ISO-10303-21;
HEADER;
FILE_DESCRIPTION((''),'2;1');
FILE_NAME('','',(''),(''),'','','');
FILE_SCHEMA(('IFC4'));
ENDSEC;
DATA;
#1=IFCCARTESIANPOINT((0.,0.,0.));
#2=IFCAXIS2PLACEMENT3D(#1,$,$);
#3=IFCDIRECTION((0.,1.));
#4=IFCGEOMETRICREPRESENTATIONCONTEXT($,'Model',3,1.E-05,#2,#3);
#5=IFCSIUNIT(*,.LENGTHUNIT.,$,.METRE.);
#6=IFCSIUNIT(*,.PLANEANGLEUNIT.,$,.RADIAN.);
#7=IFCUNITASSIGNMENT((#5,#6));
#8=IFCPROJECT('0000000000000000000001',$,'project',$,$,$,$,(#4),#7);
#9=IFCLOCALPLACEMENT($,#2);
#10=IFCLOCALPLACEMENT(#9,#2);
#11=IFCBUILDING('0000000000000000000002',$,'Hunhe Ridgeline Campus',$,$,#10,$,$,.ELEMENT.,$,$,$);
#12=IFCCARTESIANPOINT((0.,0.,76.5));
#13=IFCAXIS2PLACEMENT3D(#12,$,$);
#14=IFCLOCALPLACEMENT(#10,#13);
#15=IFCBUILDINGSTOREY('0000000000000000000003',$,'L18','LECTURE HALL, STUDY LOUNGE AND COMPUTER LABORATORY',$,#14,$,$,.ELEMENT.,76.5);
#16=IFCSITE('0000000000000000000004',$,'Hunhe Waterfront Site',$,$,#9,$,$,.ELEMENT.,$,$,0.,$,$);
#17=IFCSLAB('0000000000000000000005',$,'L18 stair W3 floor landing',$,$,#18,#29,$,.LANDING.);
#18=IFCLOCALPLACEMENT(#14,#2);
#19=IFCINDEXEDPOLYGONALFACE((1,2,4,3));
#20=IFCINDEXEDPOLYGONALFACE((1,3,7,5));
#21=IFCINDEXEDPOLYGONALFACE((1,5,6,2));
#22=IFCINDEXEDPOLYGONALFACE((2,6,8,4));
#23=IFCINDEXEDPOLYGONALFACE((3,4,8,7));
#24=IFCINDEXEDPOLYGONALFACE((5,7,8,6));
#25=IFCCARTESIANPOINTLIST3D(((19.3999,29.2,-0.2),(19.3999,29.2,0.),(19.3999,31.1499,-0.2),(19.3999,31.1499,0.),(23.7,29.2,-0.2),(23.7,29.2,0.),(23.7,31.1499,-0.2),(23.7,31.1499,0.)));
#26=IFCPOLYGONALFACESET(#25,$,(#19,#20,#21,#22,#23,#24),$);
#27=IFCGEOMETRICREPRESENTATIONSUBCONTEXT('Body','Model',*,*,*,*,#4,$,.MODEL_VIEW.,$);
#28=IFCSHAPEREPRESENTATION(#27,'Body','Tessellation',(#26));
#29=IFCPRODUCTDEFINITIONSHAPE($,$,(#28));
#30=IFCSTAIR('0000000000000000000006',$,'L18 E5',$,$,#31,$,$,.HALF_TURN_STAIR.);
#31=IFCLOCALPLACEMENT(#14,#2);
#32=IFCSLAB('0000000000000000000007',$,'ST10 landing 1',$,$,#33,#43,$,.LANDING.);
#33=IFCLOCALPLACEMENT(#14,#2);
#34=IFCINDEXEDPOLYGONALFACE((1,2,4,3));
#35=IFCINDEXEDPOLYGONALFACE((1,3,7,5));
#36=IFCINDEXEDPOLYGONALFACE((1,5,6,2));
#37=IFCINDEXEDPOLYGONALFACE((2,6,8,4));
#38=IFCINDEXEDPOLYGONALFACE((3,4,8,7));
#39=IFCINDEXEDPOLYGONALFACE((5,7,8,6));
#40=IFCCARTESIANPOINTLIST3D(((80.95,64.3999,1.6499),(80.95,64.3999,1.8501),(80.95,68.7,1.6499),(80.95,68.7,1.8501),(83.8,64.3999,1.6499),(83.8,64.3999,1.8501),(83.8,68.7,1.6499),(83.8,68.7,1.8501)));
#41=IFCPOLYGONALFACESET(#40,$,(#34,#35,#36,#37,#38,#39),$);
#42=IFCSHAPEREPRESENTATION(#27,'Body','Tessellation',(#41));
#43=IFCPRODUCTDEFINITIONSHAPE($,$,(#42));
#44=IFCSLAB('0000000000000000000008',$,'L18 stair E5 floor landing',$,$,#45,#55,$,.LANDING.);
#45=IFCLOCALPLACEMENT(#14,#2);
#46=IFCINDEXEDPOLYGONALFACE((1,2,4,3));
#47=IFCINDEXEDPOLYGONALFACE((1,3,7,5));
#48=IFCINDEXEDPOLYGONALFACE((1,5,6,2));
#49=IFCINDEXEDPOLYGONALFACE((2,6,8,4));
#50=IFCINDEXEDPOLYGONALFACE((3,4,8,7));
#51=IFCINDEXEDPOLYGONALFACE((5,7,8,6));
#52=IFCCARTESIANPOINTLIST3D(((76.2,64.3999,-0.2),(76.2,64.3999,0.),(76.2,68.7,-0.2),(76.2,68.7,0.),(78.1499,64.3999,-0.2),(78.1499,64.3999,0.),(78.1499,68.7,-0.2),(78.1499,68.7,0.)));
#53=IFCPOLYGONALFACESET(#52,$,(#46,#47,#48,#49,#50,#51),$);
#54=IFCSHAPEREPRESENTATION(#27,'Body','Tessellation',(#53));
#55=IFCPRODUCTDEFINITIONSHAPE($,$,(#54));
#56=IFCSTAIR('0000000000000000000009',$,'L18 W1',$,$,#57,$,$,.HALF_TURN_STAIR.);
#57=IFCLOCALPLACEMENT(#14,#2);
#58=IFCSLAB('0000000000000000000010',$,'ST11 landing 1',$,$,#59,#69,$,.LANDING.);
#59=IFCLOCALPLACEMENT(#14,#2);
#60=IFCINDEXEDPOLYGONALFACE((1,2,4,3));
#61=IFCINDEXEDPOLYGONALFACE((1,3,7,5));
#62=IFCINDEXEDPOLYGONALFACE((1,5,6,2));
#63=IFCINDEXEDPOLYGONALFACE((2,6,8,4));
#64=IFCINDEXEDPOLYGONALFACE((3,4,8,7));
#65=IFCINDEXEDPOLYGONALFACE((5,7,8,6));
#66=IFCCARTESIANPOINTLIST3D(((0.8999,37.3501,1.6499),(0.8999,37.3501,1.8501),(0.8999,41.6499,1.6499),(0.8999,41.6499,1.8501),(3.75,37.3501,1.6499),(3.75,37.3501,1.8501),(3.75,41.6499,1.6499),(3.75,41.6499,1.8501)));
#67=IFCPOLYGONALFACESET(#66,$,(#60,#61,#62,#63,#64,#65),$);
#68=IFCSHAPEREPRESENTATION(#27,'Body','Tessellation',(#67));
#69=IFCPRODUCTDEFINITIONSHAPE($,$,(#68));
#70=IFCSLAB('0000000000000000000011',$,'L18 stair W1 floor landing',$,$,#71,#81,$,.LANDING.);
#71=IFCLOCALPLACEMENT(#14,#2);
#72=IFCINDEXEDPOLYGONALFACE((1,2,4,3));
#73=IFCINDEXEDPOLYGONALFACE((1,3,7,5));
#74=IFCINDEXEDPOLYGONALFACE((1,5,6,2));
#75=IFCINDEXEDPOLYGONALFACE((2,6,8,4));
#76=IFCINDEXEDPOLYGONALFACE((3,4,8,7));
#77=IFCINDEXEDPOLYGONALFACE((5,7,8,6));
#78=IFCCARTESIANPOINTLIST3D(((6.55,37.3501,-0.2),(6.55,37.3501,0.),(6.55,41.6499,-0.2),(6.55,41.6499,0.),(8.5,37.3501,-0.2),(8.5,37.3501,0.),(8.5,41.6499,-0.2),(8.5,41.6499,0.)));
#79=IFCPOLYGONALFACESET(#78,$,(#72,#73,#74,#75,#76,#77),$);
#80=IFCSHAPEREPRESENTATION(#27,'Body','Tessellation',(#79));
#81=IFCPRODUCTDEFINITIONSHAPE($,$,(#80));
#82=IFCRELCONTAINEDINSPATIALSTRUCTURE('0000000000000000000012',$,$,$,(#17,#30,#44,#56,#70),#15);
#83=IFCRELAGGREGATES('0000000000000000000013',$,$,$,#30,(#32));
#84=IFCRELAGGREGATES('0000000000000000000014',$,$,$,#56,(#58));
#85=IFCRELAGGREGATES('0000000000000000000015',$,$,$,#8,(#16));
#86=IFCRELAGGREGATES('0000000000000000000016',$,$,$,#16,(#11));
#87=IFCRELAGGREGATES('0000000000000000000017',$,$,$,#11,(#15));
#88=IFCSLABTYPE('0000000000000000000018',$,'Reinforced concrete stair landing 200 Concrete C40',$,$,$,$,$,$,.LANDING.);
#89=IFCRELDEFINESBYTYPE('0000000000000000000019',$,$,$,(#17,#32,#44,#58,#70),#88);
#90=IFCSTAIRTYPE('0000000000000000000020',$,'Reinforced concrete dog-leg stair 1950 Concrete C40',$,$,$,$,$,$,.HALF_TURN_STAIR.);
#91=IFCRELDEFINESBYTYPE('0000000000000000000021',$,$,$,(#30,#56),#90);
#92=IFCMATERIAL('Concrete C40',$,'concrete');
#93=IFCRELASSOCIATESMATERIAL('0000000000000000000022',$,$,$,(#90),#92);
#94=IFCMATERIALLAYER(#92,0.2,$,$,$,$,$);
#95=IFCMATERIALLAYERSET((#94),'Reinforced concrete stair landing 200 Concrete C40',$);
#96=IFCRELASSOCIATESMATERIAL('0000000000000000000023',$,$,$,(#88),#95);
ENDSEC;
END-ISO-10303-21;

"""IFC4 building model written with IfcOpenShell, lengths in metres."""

from ifc_helpers import new_model, si_unit, direction, frame, origin, place, context, subcontext, project, spatial, polyline, outline, extrude, material, layer, layer_set, type_object, element, aggregate, save


model = new_model("IFC4")

# Units and contexts
model_context = context("Model", 3, precision=1e-05, world=origin(), true_north=direction((0.0, 1.0)))
body_context = subcontext(model_context, "Body", "Model", "MODEL_VIEW")
ifc_project = project(units=[si_unit("LENGTHUNIT", "METRE"), si_unit("PLANEANGLEUNIT", "RADIAN")], contexts=[model_context])

# Site, building, storey
site_placement = place(None, origin())
site = spatial("IfcSite", under=ifc_project, at=site_placement, Name="Hunhe Waterfront Site", CompositionType="ELEMENT", RefElevation=0.0)
building_placement = place(site_placement, origin())
building = spatial("IfcBuilding", under=site, at=building_placement, Name="Hunhe Ridgeline Campus", CompositionType="ELEMENT")
storey_placement = place(building_placement, frame((0.0, 0.0, 76.5)))
storey = spatial("IfcBuildingStorey", under=building, at=storey_placement, Name="L18", Description="LECTURE HALL, STUDY LOUNGE AND COMPUTER LABORATORY", CompositionType="ELEMENT", Elevation=76.5)

# Shared definitions
ifc_material_1 = material(Name="Concrete C40", Category="concrete")

# Shared definitions
stair_type = type_object("IfcStairType", Name="Reinforced concrete dog-leg stair 1950 Concrete C40", PredefinedType="HALF_TURN_STAIR", material=ifc_material_1)
ifc_layer_1 = layer(ifc_material_1, 0.2)
ifc_layer_set_1 = layer_set([ifc_layer_1], Name="Reinforced concrete stair landing 200 Concrete C40")
slab_type_1 = type_object("IfcSlabType", Name="Reinforced concrete stair landing 200 Concrete C40", PredefinedType="LANDING", material=ifc_layer_set_1)

# Slab
slab_1_placement = place(storey_placement, frame((0.0, 0.0, -0.2)))
element("IfcSlab", 1, at=slab_1_placement, inside=storey, type_object=slab_type_1, Name="L18 stair W3 floor landing", PredefinedType="LANDING", context=body_context, shape_type="SweptSolid", body=[
    extrude(outline(polyline([(23.7, 29.2), (23.7, 31.1499), (19.3999, 31.1499), (19.3999, 29.2), (23.7, 29.2)])), origin(), (0.0, 0.0, 1.0), 0.2),
])

# Stair, slab
stair_1_placement = place(storey_placement, origin())
stair_1 = element("IfcStair", 2, at=stair_1_placement, inside=storey, type_object=stair_type, Name="L18 E5", PredefinedType="HALF_TURN_STAIR")
slab_2_placement = place(storey_placement, frame((0.0, 0.0, 1.6499)))
slab_2 = element("IfcSlab", 3, at=slab_2_placement, type_object=slab_type_1, Name="ST10 landing 1", PredefinedType="LANDING", context=body_context, shape_type="SweptSolid", body=[
    extrude(outline(polyline([(80.95, 64.3999), (83.8, 64.3999), (83.8, 68.7), (80.95, 68.7), (80.95, 64.3999)])), origin(), (0.0, 0.0, 1.0), 0.2002),
])
aggregate(stair_1, [slab_2])

# Slab
slab_3_placement = place(storey_placement, frame((0.0, 0.0, -0.2)))
element("IfcSlab", 4, at=slab_3_placement, inside=storey, type_object=slab_type_1, Name="L18 stair E5 floor landing", PredefinedType="LANDING", context=body_context, shape_type="SweptSolid", body=[
    extrude(outline(polyline([(76.2, 64.3999), (78.1499, 64.3999), (78.1499, 68.7), (76.2, 68.7), (76.2, 64.3999)])), origin(), (0.0, 0.0, 1.0), 0.2),
])

# Stair, slab
stair_2_placement = place(storey_placement, origin())
stair_2 = element("IfcStair", 5, at=stair_2_placement, inside=storey, type_object=stair_type, Name="L18 W1", PredefinedType="HALF_TURN_STAIR")
slab_4_placement = place(storey_placement, frame((0.0, 0.0, 1.6499)))
slab_4 = element("IfcSlab", 6, at=slab_4_placement, type_object=slab_type_1, Name="ST11 landing 1", PredefinedType="LANDING", context=body_context, shape_type="SweptSolid", body=[
    extrude(outline(polyline([(3.75, 41.6499), (0.8999, 41.6499), (0.8999, 37.3501), (3.75, 37.3501), (3.75, 41.6499)])), origin(), (0.0, 0.0, 1.0), 0.2002),
])
aggregate(stair_2, [slab_4])

# Slab
slab_5_placement = place(storey_placement, frame((0.0, 0.0, -0.2)))
element("IfcSlab", 7, at=slab_5_placement, inside=storey, type_object=slab_type_1, Name="L18 stair W1 floor landing", PredefinedType="LANDING", context=body_context, shape_type="SweptSolid", body=[
    extrude(outline(polyline([(8.5, 41.6499), (6.55, 41.6499), (6.55, 37.3501), (8.5, 37.3501), (8.5, 41.6499)])), origin(), (0.0, 0.0, 1.0), 0.2),
])

save(model, "model.ifc")
